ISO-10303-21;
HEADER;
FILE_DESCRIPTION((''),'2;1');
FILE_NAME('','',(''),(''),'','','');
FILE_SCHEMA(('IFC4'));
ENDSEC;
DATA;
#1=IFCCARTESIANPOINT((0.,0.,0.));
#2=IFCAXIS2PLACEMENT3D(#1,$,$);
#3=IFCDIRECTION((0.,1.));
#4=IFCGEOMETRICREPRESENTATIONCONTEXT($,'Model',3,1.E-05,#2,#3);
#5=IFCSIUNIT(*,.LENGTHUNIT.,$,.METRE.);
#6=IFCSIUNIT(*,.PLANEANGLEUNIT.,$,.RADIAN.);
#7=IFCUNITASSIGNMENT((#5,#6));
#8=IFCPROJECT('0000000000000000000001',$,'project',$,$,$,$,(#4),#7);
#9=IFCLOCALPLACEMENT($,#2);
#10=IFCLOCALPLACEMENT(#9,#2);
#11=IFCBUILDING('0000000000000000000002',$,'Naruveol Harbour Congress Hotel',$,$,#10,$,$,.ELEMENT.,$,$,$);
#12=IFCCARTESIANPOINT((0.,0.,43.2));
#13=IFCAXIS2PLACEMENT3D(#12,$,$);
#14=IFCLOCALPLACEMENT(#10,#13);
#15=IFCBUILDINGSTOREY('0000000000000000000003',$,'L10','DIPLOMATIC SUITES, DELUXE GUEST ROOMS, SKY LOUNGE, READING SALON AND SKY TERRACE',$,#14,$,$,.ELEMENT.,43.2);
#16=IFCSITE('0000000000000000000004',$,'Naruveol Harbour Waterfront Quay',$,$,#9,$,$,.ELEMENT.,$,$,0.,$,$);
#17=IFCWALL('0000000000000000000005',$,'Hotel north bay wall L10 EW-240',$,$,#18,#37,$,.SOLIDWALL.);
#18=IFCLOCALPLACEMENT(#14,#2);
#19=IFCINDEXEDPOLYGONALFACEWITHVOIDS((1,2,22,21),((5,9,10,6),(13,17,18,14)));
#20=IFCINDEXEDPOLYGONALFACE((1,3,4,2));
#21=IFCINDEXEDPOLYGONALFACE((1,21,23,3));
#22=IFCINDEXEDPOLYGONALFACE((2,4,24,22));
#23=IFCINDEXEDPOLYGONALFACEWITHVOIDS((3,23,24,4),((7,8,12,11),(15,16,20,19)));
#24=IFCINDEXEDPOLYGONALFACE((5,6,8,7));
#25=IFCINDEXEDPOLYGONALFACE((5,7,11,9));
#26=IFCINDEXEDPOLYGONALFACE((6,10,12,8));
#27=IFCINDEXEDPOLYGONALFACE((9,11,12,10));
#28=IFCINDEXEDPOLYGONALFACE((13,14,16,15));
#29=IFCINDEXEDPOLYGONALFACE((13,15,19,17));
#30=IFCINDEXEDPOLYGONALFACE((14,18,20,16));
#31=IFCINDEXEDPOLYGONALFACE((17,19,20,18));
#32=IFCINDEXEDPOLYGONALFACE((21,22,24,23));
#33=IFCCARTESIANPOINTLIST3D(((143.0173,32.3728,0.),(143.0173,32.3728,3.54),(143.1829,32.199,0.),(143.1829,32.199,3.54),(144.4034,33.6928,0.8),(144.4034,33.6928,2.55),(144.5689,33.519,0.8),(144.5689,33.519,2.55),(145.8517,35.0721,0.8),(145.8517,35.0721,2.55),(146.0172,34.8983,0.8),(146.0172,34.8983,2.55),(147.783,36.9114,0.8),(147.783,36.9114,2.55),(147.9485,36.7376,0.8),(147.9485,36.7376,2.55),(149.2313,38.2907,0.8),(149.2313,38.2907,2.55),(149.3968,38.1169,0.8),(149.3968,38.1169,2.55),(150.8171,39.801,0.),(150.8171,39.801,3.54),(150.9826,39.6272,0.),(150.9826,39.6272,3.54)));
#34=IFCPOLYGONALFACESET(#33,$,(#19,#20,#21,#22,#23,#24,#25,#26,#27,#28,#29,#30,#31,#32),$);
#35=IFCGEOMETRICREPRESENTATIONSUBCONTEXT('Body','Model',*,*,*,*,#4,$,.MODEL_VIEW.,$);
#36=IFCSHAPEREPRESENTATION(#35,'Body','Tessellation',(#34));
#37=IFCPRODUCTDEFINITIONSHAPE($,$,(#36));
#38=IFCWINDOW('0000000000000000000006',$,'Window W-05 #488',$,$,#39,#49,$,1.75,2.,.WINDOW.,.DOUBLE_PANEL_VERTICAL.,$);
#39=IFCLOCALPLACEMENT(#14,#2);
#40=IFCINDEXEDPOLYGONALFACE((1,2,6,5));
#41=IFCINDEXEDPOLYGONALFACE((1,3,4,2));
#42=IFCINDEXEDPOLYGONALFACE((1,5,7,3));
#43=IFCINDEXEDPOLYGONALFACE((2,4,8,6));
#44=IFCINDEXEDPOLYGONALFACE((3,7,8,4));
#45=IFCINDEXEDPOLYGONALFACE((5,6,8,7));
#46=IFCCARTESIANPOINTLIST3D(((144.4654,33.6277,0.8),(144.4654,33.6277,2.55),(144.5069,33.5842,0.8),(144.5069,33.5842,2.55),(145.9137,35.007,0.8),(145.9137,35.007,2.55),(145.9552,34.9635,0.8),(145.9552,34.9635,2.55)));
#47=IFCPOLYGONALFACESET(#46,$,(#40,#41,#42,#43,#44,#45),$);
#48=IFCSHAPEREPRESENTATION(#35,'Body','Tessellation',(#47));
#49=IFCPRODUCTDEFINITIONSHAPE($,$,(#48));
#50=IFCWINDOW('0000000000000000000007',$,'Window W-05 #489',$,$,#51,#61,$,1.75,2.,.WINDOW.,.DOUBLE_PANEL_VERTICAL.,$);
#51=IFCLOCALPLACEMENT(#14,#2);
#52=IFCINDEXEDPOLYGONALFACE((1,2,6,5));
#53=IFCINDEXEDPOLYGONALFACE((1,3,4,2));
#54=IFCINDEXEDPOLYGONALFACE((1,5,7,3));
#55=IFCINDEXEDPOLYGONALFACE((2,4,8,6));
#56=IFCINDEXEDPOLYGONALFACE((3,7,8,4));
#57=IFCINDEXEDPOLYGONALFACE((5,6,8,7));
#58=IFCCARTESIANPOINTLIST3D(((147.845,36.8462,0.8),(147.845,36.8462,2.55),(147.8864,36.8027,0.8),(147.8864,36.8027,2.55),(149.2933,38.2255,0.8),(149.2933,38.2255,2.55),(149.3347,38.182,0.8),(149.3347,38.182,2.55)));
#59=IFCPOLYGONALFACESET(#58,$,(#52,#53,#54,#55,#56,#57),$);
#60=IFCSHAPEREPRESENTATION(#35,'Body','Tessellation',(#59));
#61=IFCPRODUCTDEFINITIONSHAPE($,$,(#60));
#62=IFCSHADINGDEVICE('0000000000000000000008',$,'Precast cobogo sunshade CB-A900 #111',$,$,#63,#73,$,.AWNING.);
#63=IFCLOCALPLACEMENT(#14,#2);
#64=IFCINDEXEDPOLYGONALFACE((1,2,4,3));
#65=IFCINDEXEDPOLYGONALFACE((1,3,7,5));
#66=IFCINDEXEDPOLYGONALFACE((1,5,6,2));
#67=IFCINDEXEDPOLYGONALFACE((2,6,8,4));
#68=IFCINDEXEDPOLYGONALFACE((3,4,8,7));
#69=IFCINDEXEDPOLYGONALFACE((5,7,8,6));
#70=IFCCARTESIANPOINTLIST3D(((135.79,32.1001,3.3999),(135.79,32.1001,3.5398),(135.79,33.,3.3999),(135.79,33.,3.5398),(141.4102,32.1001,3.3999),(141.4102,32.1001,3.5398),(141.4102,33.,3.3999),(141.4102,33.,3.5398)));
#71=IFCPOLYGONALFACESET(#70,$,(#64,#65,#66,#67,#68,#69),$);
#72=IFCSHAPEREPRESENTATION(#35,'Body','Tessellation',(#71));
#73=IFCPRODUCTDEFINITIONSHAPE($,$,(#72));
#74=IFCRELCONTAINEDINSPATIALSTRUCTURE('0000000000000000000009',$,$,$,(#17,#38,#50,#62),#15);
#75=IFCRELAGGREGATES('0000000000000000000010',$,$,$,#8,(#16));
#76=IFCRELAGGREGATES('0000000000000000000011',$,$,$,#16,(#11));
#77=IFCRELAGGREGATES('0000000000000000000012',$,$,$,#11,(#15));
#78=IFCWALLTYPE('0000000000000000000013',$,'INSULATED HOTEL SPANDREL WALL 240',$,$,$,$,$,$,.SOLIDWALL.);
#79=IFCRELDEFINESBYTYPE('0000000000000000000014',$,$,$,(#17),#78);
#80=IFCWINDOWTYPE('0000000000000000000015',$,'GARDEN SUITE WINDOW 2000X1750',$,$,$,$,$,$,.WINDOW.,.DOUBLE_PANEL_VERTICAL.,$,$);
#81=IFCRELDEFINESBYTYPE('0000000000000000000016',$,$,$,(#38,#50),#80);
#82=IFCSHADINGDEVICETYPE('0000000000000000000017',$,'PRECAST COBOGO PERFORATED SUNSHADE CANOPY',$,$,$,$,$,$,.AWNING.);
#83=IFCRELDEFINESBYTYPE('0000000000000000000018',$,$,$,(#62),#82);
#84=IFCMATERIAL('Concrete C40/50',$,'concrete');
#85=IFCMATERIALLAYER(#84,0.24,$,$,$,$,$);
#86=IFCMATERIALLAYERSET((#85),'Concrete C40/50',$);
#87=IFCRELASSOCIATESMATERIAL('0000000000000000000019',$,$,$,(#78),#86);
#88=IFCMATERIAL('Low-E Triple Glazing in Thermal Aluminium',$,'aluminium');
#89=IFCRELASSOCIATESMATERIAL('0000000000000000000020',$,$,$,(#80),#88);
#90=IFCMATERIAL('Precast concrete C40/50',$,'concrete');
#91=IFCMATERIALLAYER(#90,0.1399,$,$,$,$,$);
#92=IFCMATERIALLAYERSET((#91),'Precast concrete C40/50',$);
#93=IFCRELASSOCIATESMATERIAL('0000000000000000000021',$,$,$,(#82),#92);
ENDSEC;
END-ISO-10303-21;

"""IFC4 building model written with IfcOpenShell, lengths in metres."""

from ifc_helpers import new_model, si_unit, direction, frame, frame_2d, origin, origin_2d, place, context, subcontext, project, spatial, rectangle, extrude, material, layer, layer_set, type_object, element, fill, save


model = new_model("IFC4")

# Units and contexts
model_context = context("Model", 3, precision=1e-05, world=origin(), true_north=direction((0.0, 1.0)))
body_context = subcontext(model_context, "Body", "Model", "MODEL_VIEW")
ifc_project = project(units=[si_unit("LENGTHUNIT", "METRE"), si_unit("PLANEANGLEUNIT", "RADIAN")], contexts=[model_context])

# Site, building, storey
site_placement = place(None, origin())
site = spatial("IfcSite", under=ifc_project, at=site_placement, Name="Naruveol Harbour Waterfront Quay", CompositionType="ELEMENT", RefElevation=0.0)
building_placement = place(site_placement, origin())
building = spatial("IfcBuilding", under=site, at=building_placement, Name="Naruveol Harbour Congress Hotel", CompositionType="ELEMENT")
storey_placement = place(building_placement, frame((0.0, 0.0, 43.2)))
storey = spatial("IfcBuildingStorey", under=building, at=storey_placement, Name="L10", Description="DIPLOMATIC SUITES, DELUXE GUEST ROOMS, SKY LOUNGE, READING SALON AND SKY TERRACE", CompositionType="ELEMENT", Elevation=43.2)

# Wall, openings, windows
ifc_material_1 = material(Name="Concrete C40/50", Category="concrete")
ifc_layer_1 = layer(ifc_material_1, 0.24)
ifc_layer_set_1 = layer_set([ifc_layer_1], Name="Concrete C40/50")
wall_type_1 = type_object("IfcWallType", Name="INSULATED HOTEL SPANDREL WALL 240", PredefinedType="SOLIDWALL", material=ifc_layer_set_1)
wall_1_placement = place(storey_placement, frame((143.1001, 32.2859, 0.0), z_axis=(0.0, 0.0, 1.0), x_axis=(0.724145, 0.689647, 0.0)))
wall_1 = element("IfcWall", 1, at=wall_1_placement, inside=storey, type_object=wall_type_1, Name="Hotel north bay wall L10 EW-240", PredefinedType="SOLIDWALL", context=body_context, shape_type="SweptSolid", body=[
    extrude(rectangle(XDim=10.771, YDim=0.24, at=frame_2d((5.3855, 0.0))), origin(), (0.0, 0.0, 1.0), 3.54),
])
opening_1_placement = place(wall_1_placement, frame((1.9141, 0.0, 0.8)))
opening_1 = element("IfcOpeningElement", 2, at=opening_1_placement, cuts=wall_1, PredefinedType="OPENING", context=body_context, shape_type="SweptSolid", body=[
    extrude(rectangle(XDim=2.0, YDim=1.75, at=frame_2d((1.0, 0.875))), frame((0.0, 0.1299, 0.0), z_axis=(0.0, -1.0, 0.0), x_axis=(1.0, 0.0, 0.0)), (0.0, 0.0, 1.0), 0.26),
])
opening_2_placement = place(wall_1_placement, frame((6.5811, 0.0, 0.8)))
opening_2 = element("IfcOpeningElement", 3, at=opening_2_placement, cuts=wall_1, PredefinedType="OPENING", context=body_context, shape_type="SweptSolid", body=[
    extrude(rectangle(XDim=2.0, YDim=1.75, at=frame_2d((1.0, 0.875))), frame((0.0, 0.1299, 0.0), z_axis=(0.0, -1.0, 0.0), x_axis=(1.0, 0.0, 0.0)), (0.0, 0.0, 1.0), 0.26),
])
ifc_material_2 = material(Name="Low-E Triple Glazing in Thermal Aluminium", Category="aluminium")
window_type = type_object("IfcWindowType", Name="GARDEN SUITE WINDOW 2000X1750", PartitioningType="DOUBLE_PANEL_VERTICAL", PredefinedType="WINDOW", material=ifc_material_2)
window_1_placement = place(opening_1_placement, origin())
window_1 = element("IfcWindow", 4, at=window_1_placement, inside=storey, type_object=window_type, Name="Window W-05 #488", OverallHeight=1.75, OverallWidth=2.0, PartitioningType="DOUBLE_PANEL_VERTICAL", PredefinedType="WINDOW", context=body_context, shape_type="SweptSolid", body=[
    extrude(rectangle(XDim=2.0, YDim=1.75, at=frame_2d((1.0, 0.875))), frame((0.0, 0.03, 0.0), z_axis=(0.0, -1.0, 0.0), x_axis=(1.0, 0.0, 0.0)), (0.0, 0.0, 1.0), 0.0601),
])
fill(opening_1, window_1)
window_2_placement = place(opening_2_placement, origin())
window_2 = element("IfcWindow", 5, at=window_2_placement, inside=storey, type_object=window_type, Name="Window W-05 #489", OverallHeight=1.75, OverallWidth=2.0, PartitioningType="DOUBLE_PANEL_VERTICAL", PredefinedType="WINDOW", context=body_context, shape_type="SweptSolid", body=[
    extrude(rectangle(XDim=2.0, YDim=1.75, at=frame_2d((1.0, 0.875))), frame((0.0, 0.03, 0.0), z_axis=(0.0, -1.0, 0.0), x_axis=(1.0, 0.0, 0.0)), (0.0, 0.0, 1.0), 0.0601),
])
fill(opening_2, window_2)

# Shading device
ifc_material_3 = material(Name="Precast concrete C40/50", Category="concrete")
ifc_layer_2 = layer(ifc_material_3, 0.1399)
ifc_layer_set_2 = layer_set([ifc_layer_2], Name="Precast concrete C40/50")
shading_device_type = type_object("IfcShadingDeviceType", Name="PRECAST COBOGO PERFORATED SUNSHADE CANOPY", PredefinedType="AWNING", material=ifc_layer_set_2)
shading_device_placement = place(storey_placement, frame((138.6001, 32.55, 3.3999), z_axis=(0.0, 0.0, 1.0), x_axis=(1.0, 0.0, 0.0)))
element("IfcShadingDevice", 6, at=shading_device_placement, inside=storey, type_object=shading_device_type, Name="Precast cobogo sunshade CB-A900 #111", PredefinedType="AWNING", context=body_context, shape_type="SweptSolid", body=[
    extrude(rectangle(XDim=5.6201, YDim=0.8999, at=origin_2d()), origin(), (0.0, 0.0, 1.0), 0.1399),
])

save(model, "model.ifc")
